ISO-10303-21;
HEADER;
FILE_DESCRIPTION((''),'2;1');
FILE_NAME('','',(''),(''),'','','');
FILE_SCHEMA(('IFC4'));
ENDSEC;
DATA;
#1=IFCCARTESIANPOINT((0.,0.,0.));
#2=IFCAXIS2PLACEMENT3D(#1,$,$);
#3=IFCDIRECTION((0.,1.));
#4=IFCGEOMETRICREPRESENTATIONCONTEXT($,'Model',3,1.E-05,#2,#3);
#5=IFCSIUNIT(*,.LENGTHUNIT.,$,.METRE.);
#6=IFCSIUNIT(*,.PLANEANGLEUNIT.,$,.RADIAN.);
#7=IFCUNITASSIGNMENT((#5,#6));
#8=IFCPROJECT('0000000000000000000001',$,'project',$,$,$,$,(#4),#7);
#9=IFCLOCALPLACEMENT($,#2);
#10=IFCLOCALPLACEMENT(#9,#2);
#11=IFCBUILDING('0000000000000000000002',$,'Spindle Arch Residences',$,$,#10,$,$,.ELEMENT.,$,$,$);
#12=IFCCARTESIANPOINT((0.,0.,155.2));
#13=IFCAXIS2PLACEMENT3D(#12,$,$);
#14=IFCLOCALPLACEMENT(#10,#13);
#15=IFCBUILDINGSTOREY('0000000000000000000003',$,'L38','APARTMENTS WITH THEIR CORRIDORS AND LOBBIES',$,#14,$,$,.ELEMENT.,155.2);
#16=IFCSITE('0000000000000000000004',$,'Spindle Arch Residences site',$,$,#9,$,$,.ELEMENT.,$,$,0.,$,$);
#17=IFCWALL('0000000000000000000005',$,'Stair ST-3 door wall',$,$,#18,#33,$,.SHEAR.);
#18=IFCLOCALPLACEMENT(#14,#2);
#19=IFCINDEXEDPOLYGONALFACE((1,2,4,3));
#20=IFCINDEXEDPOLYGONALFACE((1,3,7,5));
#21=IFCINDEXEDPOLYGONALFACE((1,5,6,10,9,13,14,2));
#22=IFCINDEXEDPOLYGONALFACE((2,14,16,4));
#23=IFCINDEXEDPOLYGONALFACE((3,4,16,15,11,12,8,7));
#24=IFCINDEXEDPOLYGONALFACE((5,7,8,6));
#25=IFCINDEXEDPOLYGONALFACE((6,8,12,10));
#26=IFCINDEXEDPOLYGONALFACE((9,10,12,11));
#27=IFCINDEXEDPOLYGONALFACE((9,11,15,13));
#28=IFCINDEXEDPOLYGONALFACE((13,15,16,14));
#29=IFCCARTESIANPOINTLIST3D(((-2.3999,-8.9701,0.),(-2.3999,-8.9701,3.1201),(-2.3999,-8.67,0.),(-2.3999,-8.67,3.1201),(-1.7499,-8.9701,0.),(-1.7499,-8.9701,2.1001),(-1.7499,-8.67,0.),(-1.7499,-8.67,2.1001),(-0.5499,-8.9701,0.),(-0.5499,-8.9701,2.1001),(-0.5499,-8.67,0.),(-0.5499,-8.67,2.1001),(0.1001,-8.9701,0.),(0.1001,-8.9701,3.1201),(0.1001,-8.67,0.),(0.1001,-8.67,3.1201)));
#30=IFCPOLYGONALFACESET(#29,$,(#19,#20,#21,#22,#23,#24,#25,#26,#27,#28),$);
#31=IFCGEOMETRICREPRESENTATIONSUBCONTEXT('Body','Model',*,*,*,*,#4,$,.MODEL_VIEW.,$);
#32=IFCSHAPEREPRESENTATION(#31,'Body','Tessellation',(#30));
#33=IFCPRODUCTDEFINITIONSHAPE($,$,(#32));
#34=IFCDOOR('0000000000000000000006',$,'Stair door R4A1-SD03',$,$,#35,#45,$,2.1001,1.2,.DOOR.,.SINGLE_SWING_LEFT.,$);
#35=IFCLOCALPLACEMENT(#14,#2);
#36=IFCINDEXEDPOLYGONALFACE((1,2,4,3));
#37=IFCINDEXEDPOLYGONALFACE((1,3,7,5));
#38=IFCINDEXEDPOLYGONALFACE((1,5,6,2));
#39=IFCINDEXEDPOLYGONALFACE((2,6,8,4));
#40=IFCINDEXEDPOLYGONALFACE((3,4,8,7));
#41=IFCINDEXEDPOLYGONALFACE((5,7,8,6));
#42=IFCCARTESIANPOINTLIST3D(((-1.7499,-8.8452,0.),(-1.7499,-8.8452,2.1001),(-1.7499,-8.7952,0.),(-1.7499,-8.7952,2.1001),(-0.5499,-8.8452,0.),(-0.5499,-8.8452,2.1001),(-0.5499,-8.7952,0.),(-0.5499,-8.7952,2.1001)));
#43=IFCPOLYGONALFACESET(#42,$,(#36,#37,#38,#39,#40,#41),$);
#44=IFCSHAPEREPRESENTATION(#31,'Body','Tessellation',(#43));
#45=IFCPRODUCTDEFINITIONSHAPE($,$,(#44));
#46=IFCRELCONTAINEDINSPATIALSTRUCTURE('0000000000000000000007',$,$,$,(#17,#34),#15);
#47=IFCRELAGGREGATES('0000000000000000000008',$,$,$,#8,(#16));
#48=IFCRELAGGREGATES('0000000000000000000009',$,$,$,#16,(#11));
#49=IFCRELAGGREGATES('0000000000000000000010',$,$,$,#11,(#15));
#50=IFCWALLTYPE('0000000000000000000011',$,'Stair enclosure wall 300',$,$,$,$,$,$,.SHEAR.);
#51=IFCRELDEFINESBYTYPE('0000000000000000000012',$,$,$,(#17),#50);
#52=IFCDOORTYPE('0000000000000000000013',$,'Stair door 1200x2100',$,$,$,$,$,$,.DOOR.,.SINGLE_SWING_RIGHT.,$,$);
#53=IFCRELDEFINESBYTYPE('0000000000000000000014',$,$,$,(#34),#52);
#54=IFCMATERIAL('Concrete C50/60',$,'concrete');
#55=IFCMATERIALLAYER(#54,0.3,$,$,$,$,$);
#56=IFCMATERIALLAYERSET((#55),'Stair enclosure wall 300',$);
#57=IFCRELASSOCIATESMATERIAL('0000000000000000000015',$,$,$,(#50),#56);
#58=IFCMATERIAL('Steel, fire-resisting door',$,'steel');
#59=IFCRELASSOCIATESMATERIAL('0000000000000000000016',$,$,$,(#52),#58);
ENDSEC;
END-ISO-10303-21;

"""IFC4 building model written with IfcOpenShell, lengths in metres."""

from ifc_helpers import new_model, si_unit, direction, frame, frame_2d, origin, place, context, subcontext, project, spatial, rectangle, extrude, material, layer, layer_set, type_object, element, fill, save


model = new_model("IFC4")

# Units and contexts
model_context = context("Model", 3, precision=1e-05, world=origin(), true_north=direction((0.0, 1.0)))
body_context = subcontext(model_context, "Body", "Model", "MODEL_VIEW")
ifc_project = project(units=[si_unit("LENGTHUNIT", "METRE"), si_unit("PLANEANGLEUNIT", "RADIAN")], contexts=[model_context])

# Site, building, storey
site_placement = place(None, origin())
site = spatial("IfcSite", under=ifc_project, at=site_placement, Name="Spindle Arch Residences site", CompositionType="ELEMENT", RefElevation=0.0)
building_placement = place(site_placement, origin())
building = spatial("IfcBuilding", under=site, at=building_placement, Name="Spindle Arch Residences", CompositionType="ELEMENT")
storey_placement = place(building_placement, frame((0.0, 0.0, 155.2)))
storey = spatial("IfcBuildingStorey", under=building, at=storey_placement, Name="L38", Description="APARTMENTS WITH THEIR CORRIDORS AND LOBBIES", CompositionType="ELEMENT", Elevation=155.2)

# Wall, opening, door
ifc_material_1 = material(Name="Concrete C50/60", Category="concrete")
ifc_layer_1 = layer(ifc_material_1, 0.3)
ifc_layer_set_1 = layer_set([ifc_layer_1], Name="Stair enclosure wall 300")
wall_type_1 = type_object("IfcWallType", Name="Stair enclosure wall 300", PredefinedType="SHEAR", material=ifc_layer_set_1)
wall_1_placement = place(storey_placement, frame((-2.3999, -8.8201, 0.0), z_axis=(0.0, 0.0, 1.0), x_axis=(1.0, 0.0, 0.0)))
wall_1 = element("IfcWall", 1, at=wall_1_placement, inside=storey, type_object=wall_type_1, Name="Stair ST-3 door wall", PredefinedType="SHEAR", context=body_context, shape_type="SweptSolid", body=[
    extrude(rectangle(XDim=2.5, YDim=0.3, at=frame_2d((1.25, 0.0))), origin(), (0.0, 0.0, 1.0), 3.1201),
])
opening_1_placement = place(wall_1_placement, frame((0.6499, 0.0, 0.0)))
opening_1 = element("IfcOpeningElement", 2, at=opening_1_placement, cuts=wall_1, PredefinedType="OPENING", context=body_context, shape_type="SweptSolid", body=[
    extrude(rectangle(XDim=1.2, YDim=2.1001, at=frame_2d((0.6001, 1.05))), frame((0.0, 0.1602, 0.0), z_axis=(0.0, -1.0, 0.0), x_axis=(1.0, 0.0, 0.0)), (0.0, 0.0, 1.0), 0.3201),
])
ifc_material_2 = material(Name="Steel, fire-resisting door", Category="steel")
door_type_1 = type_object("IfcDoorType", Name="Stair door 1200x2100", OperationType="SINGLE_SWING_RIGHT", PredefinedType="DOOR", material=ifc_material_2)
door_1_placement = place(opening_1_placement, origin())
door_1 = element("IfcDoor", 3, at=door_1_placement, inside=storey, type_object=door_type_1, Name="Stair door R4A1-SD03", OperationType="SINGLE_SWING_LEFT", OverallHeight=2.1001, OverallWidth=1.2, PredefinedType="DOOR", context=body_context, shape_type="SweptSolid", body=[
    extrude(rectangle(XDim=1.2, YDim=2.1001, at=frame_2d((0.6001, 1.05))), frame((0.0, 0.0249, 0.0), z_axis=(0.0, -1.0, 0.0), x_axis=(1.0, 0.0, 0.0)), (0.0, 0.0, 1.0), 0.05),
])
fill(opening_1, door_1)

save(model, "model.ifc")
